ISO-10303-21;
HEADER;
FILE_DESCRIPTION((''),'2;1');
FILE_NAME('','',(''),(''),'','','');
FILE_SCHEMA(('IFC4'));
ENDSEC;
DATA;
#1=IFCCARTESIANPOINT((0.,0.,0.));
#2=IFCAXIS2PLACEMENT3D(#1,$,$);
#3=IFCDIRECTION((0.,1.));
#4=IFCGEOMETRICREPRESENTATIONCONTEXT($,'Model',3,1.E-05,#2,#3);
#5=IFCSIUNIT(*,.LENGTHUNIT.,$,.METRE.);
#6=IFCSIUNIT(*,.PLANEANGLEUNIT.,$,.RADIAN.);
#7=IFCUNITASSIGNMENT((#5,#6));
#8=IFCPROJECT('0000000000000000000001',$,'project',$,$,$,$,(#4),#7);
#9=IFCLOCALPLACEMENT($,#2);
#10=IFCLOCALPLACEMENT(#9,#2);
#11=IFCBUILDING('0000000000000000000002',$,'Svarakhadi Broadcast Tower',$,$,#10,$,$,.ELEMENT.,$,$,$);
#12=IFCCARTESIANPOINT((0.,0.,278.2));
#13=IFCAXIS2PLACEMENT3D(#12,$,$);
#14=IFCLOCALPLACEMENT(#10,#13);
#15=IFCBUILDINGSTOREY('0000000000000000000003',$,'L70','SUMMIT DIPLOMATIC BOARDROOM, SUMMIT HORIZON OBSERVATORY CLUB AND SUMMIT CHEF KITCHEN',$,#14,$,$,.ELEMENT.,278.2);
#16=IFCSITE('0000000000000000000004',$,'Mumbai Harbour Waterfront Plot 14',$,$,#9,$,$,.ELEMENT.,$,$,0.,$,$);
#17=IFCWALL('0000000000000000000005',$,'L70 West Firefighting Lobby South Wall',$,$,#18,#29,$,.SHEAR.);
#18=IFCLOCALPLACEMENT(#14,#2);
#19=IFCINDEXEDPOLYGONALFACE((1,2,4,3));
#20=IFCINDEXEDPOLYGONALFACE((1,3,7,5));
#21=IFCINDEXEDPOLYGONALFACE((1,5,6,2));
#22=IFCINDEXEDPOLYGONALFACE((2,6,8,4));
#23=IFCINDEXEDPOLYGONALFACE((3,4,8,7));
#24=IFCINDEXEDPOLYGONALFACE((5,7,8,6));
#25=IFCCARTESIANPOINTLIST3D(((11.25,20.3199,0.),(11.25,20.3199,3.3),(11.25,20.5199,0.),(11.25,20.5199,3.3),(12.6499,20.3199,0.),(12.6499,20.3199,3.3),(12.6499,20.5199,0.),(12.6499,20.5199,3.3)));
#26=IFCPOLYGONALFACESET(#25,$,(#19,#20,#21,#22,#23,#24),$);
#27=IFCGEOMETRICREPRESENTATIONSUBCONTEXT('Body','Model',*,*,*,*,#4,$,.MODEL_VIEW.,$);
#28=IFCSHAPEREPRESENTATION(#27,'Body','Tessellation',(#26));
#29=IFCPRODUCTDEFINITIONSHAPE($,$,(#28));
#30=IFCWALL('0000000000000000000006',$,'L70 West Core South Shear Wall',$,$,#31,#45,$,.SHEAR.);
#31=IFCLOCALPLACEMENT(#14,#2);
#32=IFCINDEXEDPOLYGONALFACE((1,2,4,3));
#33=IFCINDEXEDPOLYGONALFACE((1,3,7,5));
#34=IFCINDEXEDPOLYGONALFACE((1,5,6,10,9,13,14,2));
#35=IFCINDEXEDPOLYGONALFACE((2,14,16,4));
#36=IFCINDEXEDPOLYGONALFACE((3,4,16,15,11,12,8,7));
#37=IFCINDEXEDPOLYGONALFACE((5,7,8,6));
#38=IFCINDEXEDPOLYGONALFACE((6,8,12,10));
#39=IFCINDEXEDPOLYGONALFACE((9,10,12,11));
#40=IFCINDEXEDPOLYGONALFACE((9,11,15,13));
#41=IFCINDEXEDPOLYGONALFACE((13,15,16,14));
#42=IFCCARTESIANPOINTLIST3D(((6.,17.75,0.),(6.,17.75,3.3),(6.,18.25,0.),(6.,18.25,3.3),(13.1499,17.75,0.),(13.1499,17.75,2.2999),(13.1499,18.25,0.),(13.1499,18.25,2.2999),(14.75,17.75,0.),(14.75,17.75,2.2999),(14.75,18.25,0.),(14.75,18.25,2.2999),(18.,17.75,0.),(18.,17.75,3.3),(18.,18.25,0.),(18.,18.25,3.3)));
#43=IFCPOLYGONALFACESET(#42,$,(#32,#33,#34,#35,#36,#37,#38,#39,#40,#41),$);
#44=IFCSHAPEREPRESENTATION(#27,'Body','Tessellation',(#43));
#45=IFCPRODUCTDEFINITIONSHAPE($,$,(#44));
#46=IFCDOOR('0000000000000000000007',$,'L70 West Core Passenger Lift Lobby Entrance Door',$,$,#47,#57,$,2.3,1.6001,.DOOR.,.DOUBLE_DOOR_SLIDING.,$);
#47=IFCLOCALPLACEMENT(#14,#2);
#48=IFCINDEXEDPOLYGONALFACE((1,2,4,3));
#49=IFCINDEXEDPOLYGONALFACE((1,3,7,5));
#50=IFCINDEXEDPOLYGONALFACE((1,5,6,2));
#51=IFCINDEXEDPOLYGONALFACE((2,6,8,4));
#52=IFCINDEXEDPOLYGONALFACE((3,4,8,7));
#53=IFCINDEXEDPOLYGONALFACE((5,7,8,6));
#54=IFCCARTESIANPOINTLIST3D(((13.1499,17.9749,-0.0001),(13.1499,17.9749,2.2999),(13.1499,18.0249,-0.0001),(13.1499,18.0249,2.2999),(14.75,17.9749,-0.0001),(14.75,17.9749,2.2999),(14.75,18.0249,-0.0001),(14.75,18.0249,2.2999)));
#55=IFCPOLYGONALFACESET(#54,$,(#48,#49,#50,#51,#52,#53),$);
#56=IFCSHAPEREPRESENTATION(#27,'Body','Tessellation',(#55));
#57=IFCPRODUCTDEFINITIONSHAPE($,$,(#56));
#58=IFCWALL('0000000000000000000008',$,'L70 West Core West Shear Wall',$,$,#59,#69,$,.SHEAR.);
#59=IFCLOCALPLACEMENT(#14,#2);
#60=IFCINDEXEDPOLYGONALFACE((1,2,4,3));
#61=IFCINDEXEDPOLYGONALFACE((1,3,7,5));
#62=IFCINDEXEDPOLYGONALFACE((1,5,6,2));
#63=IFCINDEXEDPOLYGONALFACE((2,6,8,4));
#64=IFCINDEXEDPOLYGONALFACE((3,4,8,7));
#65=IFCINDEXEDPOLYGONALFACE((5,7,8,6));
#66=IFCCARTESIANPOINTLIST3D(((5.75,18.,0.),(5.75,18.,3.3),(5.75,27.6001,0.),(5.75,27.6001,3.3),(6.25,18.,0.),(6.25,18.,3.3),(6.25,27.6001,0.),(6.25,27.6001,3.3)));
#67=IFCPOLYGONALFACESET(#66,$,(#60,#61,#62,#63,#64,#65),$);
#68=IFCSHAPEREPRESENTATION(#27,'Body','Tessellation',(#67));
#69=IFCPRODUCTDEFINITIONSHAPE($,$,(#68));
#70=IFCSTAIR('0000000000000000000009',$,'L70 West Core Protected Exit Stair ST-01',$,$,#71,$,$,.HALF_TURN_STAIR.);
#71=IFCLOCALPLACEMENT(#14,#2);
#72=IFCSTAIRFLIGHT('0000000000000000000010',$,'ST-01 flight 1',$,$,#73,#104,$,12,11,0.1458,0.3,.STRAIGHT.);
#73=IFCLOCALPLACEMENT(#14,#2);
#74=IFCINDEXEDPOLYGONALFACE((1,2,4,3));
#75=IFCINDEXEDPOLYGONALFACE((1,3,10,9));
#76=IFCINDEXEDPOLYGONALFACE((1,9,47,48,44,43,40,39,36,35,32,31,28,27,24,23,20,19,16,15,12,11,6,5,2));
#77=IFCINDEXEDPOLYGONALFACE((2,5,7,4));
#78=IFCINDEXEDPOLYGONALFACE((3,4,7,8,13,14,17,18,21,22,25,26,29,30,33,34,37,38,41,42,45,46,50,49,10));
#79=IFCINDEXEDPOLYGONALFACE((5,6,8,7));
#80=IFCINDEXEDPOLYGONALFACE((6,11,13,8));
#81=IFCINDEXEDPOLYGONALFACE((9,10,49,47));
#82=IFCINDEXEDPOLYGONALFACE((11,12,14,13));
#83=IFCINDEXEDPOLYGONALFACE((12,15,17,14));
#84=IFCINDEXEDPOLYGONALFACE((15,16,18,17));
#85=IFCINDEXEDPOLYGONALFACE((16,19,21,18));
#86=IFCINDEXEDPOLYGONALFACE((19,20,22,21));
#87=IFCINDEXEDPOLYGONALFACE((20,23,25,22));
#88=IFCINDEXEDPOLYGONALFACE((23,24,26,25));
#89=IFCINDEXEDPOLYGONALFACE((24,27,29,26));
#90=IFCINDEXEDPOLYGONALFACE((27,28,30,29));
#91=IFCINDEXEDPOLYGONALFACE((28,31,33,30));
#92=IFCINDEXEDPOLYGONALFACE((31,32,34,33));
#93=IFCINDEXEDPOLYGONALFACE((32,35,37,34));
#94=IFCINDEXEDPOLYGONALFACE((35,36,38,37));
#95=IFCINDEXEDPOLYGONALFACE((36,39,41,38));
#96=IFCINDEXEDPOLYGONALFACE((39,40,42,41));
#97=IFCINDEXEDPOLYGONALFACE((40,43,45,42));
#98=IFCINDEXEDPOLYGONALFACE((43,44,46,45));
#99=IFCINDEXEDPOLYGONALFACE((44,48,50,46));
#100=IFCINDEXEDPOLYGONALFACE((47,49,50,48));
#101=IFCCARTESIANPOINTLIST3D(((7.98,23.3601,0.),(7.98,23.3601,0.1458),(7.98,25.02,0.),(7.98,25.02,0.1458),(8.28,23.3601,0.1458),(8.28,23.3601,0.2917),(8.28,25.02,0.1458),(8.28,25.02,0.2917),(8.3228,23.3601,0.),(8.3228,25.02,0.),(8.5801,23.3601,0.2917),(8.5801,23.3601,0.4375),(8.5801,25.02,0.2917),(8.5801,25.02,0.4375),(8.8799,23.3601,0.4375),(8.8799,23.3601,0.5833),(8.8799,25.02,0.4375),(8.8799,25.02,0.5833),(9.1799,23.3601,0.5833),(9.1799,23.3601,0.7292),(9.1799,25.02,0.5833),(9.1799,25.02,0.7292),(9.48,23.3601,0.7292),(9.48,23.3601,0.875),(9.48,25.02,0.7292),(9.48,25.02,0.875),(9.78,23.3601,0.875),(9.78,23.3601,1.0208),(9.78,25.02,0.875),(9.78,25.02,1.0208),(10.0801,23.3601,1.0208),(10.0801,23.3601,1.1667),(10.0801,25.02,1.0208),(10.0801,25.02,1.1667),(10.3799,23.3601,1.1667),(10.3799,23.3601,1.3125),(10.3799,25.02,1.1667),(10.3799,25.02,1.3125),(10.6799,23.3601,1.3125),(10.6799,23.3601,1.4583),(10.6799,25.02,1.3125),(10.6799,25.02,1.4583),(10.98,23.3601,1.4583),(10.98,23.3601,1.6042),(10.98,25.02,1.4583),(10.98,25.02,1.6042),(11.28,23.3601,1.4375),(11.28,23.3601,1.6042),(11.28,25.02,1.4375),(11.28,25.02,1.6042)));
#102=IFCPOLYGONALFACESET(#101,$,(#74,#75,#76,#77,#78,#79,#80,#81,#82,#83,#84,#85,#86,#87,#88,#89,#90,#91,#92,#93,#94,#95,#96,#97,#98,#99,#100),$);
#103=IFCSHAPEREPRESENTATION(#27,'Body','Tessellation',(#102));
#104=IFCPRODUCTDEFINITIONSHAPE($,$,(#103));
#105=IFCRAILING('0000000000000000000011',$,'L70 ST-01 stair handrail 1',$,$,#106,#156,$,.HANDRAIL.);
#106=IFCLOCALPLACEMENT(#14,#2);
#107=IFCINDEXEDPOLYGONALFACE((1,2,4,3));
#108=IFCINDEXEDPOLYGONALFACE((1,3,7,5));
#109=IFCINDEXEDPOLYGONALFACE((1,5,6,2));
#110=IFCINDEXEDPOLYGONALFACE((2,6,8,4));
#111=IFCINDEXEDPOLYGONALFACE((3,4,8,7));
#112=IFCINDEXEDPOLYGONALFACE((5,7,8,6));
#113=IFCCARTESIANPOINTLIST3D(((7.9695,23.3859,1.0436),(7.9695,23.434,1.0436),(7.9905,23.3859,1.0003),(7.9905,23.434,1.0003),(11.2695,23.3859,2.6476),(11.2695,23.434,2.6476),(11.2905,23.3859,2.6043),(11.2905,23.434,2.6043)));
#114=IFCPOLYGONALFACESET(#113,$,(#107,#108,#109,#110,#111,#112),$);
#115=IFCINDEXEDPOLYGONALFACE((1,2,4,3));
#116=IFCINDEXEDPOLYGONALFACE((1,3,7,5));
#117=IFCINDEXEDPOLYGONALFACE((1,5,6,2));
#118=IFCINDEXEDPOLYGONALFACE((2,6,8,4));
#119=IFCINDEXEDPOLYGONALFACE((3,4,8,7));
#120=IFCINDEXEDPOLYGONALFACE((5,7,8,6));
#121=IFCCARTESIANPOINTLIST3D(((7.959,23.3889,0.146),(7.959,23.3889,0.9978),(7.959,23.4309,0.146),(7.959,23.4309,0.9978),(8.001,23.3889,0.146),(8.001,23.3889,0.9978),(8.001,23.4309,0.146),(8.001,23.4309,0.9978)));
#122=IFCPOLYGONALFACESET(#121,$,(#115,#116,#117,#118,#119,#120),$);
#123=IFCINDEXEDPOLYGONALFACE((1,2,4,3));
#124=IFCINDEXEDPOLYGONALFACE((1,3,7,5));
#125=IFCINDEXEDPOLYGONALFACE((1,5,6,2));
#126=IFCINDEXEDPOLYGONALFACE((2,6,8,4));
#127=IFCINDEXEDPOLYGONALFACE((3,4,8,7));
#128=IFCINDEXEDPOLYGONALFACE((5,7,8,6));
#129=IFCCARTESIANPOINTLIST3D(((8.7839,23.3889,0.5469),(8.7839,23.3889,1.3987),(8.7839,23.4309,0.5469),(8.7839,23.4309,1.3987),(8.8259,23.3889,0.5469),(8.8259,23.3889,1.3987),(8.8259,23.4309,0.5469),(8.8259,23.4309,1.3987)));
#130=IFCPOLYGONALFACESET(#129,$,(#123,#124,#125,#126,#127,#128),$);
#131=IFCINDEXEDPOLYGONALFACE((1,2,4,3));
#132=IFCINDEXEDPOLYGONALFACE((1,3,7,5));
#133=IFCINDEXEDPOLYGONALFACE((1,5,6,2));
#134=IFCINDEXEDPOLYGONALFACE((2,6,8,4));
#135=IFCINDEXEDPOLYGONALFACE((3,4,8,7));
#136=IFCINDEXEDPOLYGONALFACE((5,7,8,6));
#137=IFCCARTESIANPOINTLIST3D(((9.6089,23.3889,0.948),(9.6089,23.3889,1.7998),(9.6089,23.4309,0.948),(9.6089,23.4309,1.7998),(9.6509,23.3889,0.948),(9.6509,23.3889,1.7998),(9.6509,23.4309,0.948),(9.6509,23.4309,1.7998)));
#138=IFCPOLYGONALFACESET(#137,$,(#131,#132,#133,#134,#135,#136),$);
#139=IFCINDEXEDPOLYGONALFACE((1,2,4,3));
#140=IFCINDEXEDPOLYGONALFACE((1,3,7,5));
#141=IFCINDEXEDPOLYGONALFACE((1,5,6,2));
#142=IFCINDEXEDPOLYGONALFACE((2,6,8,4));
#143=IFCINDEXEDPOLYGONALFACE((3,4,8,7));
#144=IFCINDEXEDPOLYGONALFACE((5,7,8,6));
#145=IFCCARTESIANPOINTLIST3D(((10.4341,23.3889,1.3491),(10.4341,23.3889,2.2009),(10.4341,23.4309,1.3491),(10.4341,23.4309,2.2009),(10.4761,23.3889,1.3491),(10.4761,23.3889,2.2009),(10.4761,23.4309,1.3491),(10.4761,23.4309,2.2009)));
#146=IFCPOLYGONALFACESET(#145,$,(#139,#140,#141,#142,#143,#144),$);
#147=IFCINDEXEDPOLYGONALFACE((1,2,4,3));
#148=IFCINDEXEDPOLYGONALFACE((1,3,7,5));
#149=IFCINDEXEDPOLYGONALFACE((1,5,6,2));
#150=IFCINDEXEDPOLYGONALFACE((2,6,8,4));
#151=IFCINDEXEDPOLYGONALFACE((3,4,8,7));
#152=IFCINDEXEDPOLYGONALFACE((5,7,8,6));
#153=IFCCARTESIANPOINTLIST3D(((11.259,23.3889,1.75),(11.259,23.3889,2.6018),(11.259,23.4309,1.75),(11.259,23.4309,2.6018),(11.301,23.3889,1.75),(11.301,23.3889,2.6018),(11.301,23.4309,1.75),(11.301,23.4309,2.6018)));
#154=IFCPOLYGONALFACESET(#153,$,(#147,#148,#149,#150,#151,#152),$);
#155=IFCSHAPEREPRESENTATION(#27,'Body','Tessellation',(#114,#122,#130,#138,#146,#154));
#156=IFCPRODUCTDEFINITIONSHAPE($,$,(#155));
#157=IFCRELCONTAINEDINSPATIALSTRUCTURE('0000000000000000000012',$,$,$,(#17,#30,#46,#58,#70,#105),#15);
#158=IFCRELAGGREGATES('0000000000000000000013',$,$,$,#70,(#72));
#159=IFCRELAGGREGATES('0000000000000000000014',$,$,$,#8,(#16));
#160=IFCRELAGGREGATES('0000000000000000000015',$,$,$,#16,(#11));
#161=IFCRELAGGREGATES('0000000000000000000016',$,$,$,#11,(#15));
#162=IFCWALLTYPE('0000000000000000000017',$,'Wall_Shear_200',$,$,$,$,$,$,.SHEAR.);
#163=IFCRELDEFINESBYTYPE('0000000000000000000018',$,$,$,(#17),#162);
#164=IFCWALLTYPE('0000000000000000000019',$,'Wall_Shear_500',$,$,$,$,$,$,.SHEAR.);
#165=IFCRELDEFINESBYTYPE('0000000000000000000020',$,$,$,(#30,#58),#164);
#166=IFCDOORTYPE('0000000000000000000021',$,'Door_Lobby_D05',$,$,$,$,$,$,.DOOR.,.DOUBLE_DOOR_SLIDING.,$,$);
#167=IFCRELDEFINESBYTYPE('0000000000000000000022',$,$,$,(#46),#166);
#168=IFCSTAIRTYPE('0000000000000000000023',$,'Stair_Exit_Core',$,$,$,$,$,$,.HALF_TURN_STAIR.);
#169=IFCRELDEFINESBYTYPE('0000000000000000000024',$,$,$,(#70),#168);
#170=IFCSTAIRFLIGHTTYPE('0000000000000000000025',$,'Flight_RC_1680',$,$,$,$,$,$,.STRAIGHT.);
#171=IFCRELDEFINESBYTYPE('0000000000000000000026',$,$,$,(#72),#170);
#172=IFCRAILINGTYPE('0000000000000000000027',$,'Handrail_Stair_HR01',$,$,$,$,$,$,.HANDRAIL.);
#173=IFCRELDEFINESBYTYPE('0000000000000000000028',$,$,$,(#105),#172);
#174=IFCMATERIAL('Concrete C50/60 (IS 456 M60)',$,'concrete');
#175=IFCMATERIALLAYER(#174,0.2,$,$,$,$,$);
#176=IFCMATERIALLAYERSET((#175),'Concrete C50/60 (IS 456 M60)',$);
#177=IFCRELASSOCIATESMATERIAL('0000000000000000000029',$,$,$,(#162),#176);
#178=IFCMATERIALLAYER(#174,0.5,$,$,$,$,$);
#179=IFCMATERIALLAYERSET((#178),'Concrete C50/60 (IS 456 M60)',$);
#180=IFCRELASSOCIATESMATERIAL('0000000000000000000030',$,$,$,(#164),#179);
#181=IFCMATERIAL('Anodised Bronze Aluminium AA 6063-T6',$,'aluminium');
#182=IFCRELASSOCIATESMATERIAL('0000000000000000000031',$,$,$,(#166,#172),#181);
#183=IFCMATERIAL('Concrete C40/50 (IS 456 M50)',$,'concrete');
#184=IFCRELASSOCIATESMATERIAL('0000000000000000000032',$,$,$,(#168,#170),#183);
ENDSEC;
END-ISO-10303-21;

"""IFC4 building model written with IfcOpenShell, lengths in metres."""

from ifc_helpers import new_model, si_unit, direction, frame, frame_2d, origin, origin_2d, place, context, subcontext, project, spatial, polyline, rectangle, outline, extrude, material, layer, layer_set, type_object, element, fill, aggregate, save


model = new_model("IFC4")

# Units and contexts
model_context = context("Model", 3, precision=1e-05, world=origin(), true_north=direction((0.0, 1.0)))
body_context = subcontext(model_context, "Body", "Model", "MODEL_VIEW")
ifc_project = project(units=[si_unit("LENGTHUNIT", "METRE"), si_unit("PLANEANGLEUNIT", "RADIAN")], contexts=[model_context])

# Site, building, storey
site_placement = place(None, origin())
site = spatial("IfcSite", under=ifc_project, at=site_placement, Name="Mumbai Harbour Waterfront Plot 14", CompositionType="ELEMENT", RefElevation=0.0)
building_placement = place(site_placement, origin())
building = spatial("IfcBuilding", under=site, at=building_placement, Name="Svarakhadi Broadcast Tower", CompositionType="ELEMENT")
storey_placement = place(building_placement, frame((0.0, 0.0, 278.2)))
storey = spatial("IfcBuildingStorey", under=building, at=storey_placement, Name="L70", Description="SUMMIT DIPLOMATIC BOARDROOM, SUMMIT HORIZON OBSERVATORY CLUB AND SUMMIT CHEF KITCHEN", CompositionType="ELEMENT", Elevation=278.2)

# Shared definitions
ifc_material_1 = material(Name="Concrete C50/60 (IS 456 M60)", Category="concrete")

# Shared definitions
ifc_material_2 = material(Name="Concrete C40/50 (IS 456 M50)", Category="concrete")

# Shared definitions
ifc_layer_1 = layer(ifc_material_1, 0.2)
ifc_layer_set_1 = layer_set([ifc_layer_1], Name="Concrete C50/60 (IS 456 M60)")
wall_type_1 = type_object("IfcWallType", Name="Wall_Shear_200", PredefinedType="SHEAR", material=ifc_layer_set_1)

# Wall
wall_1_placement = place(storey_placement, frame((11.25, 20.4199, 0.0), z_axis=(0.0, 0.0, 1.0), x_axis=(1.0, 0.0, 0.0)))
element("IfcWall", 1, at=wall_1_placement, inside=storey, type_object=wall_type_1, Name="L70 West Firefighting Lobby South Wall", PredefinedType="SHEAR", context=body_context, shape_type="SweptSolid", body=[
    extrude(rectangle(XDim=1.3999, YDim=0.2, at=frame_2d((0.7, 0.0))), origin(), (0.0, 0.0, 1.0), 3.3),
])

# Wall, opening, door
ifc_layer_2 = layer(ifc_material_1, 0.5)
ifc_layer_set_2 = layer_set([ifc_layer_2], Name="Concrete C50/60 (IS 456 M60)")
wall_type_2 = type_object("IfcWallType", Name="Wall_Shear_500", PredefinedType="SHEAR", material=ifc_layer_set_2)
wall_2_placement = place(storey_placement, frame((6.0, 18.0, 0.0), z_axis=(0.0, 0.0, 1.0), x_axis=(1.0, 0.0, 0.0)))
wall_2 = element("IfcWall", 2, at=wall_2_placement, inside=storey, type_object=wall_type_2, Name="L70 West Core South Shear Wall", PredefinedType="SHEAR", context=body_context, shape_type="SweptSolid", body=[
    extrude(rectangle(XDim=12.0, YDim=0.5, at=frame_2d((6.0, 0.0))), origin(), (0.0, 0.0, 1.0), 3.3),
])
opening_1_placement = place(wall_2_placement, frame((7.1499, 0.0, 0.0)))
opening_1 = element("IfcOpeningElement", 3, at=opening_1_placement, cuts=wall_2, PredefinedType="OPENING", context=body_context, shape_type="SweptSolid", body=[
    extrude(rectangle(XDim=1.6001, YDim=2.3, at=frame_2d((0.8, 1.1499))), frame((0.0, 0.26, 0.0), z_axis=(0.0, -1.0, 0.0), x_axis=(1.0, 0.0, 0.0)), (0.0, 0.0, 1.0), 0.52),
])
ifc_material_3 = material(Name="Anodised Bronze Aluminium AA 6063-T6", Category="aluminium")
door_type_1 = type_object("IfcDoorType", Name="Door_Lobby_D05", OperationType="DOUBLE_DOOR_SLIDING", PredefinedType="DOOR", material=ifc_material_3)
door_1_placement = place(opening_1_placement, origin())
door_1 = element("IfcDoor", 4, at=door_1_placement, inside=storey, type_object=door_type_1, Name="L70 West Core Passenger Lift Lobby Entrance Door", OperationType="DOUBLE_DOOR_SLIDING", OverallHeight=2.3, OverallWidth=1.6001, PredefinedType="DOOR", context=body_context, shape_type="SweptSolid", body=[
    extrude(rectangle(XDim=1.6001, YDim=2.3, at=frame_2d((0.8, 1.1499))), frame((0.0, 0.0249, 0.0), z_axis=(0.0, -1.0, 0.0), x_axis=(1.0, 0.0, 0.0)), (0.0, 0.0, 1.0), 0.05),
])
fill(opening_1, door_1)

# Wall
wall_3_placement = place(storey_placement, frame((6.0, 18.0, 0.0), z_axis=(0.0, 0.0, 1.0), x_axis=(0.0, 1.0, 0.0)))
element("IfcWall", 5, at=wall_3_placement, inside=storey, type_object=wall_type_2, Name="L70 West Core West Shear Wall", PredefinedType="SHEAR", context=body_context, shape_type="SweptSolid", body=[
    extrude(rectangle(XDim=9.6001, YDim=0.5, at=frame_2d((4.8, 0.0))), origin(), (0.0, 0.0, 1.0), 3.3),
])

# Stair, stair flight
stair_type = type_object("IfcStairType", Name="Stair_Exit_Core", PredefinedType="HALF_TURN_STAIR", material=ifc_material_2)
stair_placement = place(storey_placement, origin())
stair = element("IfcStair", 6, at=stair_placement, inside=storey, type_object=stair_type, Name="L70 West Core Protected Exit Stair ST-01", PredefinedType="HALF_TURN_STAIR")
stair_flight_type = type_object("IfcStairFlightType", Name="Flight_RC_1680", PredefinedType="STRAIGHT", material=ifc_material_2)
stair_flight_placement = place(storey_placement, frame((7.98, 24.1899, 0.0), z_axis=(0.0, 0.0, 1.0), x_axis=(1.0, 0.0, 0.0)))
stair_flight = element("IfcStairFlight", 7, at=stair_flight_placement, type_object=stair_flight_type, Name="ST-01 flight 1", NumberOfRisers=12, NumberOfTreads=11, PredefinedType="STRAIGHT", RiserHeight=0.1458, TreadLength=0.3, context=body_context, shape_type="SweptSolid", body=[
    extrude(outline(polyline([(0.0, 0.0), (0.0, 0.1458), (0.3, 0.1458), (0.3, 0.2917), (0.6001, 0.2917), (0.6001, 0.4375), (0.8999, 0.4375), (0.8999, 0.5833), (1.2, 0.5833), (1.2, 0.7292), (1.5, 0.7292), (1.5, 0.875), (1.8, 0.875), (1.8, 1.0208), (2.1001, 1.0208), (2.1001, 1.1667), (2.3999, 1.1667), (2.3999, 1.3125), (2.7, 1.3125), (2.7, 1.4583), (3.0, 1.4583), (3.0, 1.6042), (3.3, 1.6042), (3.3, 1.75), (3.3, 1.4375), (0.3428, 0.0), (0.0, 0.0)])), frame((0.0, 0.8301, 0.0), z_axis=(0.0, -1.0, 0.0), x_axis=(1.0, 0.0, 0.0)), (0.0, 0.0, 1.0), 1.6599),
])
aggregate(stair, [stair_flight])

# Railing
railing_type = type_object("IfcRailingType", Name="Handrail_Stair_HR01", PredefinedType="HANDRAIL", material=ifc_material_3)
railing_placement = place(storey_placement, frame((7.98, 23.4099, 0.146)))
element("IfcRailing", 8, at=railing_placement, inside=storey, type_object=railing_type, Name="L70 ST-01 stair handrail 1", PredefinedType="HANDRAIL", context=body_context, shape_type="SweptSolid", body=[
    extrude(rectangle(XDim=0.0481, YDim=0.0481, at=origin_2d()), frame((0.0, 0.0, 0.876), z_axis=(0.899388, 0.0, 0.437152), x_axis=(0.0, 1.0, 0.0)), (0.0, 0.0, 1.0), 3.6692),
    extrude(rectangle(XDim=0.042, YDim=0.042, at=origin_2d()), origin(), (0.0, 0.0, 1.0), 0.8518),
    extrude(rectangle(XDim=0.042, YDim=0.042, at=origin_2d()), frame((0.825, 0.0, 0.4009)), (0.0, 0.0, 1.0), 0.8518),
    extrude(rectangle(XDim=0.042, YDim=0.042, at=origin_2d()), frame((1.6499, 0.0, 0.802)), (0.0, 0.0, 1.0), 0.8518),
    extrude(rectangle(XDim=0.042, YDim=0.042, at=origin_2d()), frame((2.4751, 0.0, 1.2031)), (0.0, 0.0, 1.0), 0.8518),
    extrude(rectangle(XDim=0.042, YDim=0.042, at=origin_2d()), frame((3.3, 0.0, 1.604)), (0.0, 0.0, 1.0), 0.8518),
])

save(model, "model.ifc")
